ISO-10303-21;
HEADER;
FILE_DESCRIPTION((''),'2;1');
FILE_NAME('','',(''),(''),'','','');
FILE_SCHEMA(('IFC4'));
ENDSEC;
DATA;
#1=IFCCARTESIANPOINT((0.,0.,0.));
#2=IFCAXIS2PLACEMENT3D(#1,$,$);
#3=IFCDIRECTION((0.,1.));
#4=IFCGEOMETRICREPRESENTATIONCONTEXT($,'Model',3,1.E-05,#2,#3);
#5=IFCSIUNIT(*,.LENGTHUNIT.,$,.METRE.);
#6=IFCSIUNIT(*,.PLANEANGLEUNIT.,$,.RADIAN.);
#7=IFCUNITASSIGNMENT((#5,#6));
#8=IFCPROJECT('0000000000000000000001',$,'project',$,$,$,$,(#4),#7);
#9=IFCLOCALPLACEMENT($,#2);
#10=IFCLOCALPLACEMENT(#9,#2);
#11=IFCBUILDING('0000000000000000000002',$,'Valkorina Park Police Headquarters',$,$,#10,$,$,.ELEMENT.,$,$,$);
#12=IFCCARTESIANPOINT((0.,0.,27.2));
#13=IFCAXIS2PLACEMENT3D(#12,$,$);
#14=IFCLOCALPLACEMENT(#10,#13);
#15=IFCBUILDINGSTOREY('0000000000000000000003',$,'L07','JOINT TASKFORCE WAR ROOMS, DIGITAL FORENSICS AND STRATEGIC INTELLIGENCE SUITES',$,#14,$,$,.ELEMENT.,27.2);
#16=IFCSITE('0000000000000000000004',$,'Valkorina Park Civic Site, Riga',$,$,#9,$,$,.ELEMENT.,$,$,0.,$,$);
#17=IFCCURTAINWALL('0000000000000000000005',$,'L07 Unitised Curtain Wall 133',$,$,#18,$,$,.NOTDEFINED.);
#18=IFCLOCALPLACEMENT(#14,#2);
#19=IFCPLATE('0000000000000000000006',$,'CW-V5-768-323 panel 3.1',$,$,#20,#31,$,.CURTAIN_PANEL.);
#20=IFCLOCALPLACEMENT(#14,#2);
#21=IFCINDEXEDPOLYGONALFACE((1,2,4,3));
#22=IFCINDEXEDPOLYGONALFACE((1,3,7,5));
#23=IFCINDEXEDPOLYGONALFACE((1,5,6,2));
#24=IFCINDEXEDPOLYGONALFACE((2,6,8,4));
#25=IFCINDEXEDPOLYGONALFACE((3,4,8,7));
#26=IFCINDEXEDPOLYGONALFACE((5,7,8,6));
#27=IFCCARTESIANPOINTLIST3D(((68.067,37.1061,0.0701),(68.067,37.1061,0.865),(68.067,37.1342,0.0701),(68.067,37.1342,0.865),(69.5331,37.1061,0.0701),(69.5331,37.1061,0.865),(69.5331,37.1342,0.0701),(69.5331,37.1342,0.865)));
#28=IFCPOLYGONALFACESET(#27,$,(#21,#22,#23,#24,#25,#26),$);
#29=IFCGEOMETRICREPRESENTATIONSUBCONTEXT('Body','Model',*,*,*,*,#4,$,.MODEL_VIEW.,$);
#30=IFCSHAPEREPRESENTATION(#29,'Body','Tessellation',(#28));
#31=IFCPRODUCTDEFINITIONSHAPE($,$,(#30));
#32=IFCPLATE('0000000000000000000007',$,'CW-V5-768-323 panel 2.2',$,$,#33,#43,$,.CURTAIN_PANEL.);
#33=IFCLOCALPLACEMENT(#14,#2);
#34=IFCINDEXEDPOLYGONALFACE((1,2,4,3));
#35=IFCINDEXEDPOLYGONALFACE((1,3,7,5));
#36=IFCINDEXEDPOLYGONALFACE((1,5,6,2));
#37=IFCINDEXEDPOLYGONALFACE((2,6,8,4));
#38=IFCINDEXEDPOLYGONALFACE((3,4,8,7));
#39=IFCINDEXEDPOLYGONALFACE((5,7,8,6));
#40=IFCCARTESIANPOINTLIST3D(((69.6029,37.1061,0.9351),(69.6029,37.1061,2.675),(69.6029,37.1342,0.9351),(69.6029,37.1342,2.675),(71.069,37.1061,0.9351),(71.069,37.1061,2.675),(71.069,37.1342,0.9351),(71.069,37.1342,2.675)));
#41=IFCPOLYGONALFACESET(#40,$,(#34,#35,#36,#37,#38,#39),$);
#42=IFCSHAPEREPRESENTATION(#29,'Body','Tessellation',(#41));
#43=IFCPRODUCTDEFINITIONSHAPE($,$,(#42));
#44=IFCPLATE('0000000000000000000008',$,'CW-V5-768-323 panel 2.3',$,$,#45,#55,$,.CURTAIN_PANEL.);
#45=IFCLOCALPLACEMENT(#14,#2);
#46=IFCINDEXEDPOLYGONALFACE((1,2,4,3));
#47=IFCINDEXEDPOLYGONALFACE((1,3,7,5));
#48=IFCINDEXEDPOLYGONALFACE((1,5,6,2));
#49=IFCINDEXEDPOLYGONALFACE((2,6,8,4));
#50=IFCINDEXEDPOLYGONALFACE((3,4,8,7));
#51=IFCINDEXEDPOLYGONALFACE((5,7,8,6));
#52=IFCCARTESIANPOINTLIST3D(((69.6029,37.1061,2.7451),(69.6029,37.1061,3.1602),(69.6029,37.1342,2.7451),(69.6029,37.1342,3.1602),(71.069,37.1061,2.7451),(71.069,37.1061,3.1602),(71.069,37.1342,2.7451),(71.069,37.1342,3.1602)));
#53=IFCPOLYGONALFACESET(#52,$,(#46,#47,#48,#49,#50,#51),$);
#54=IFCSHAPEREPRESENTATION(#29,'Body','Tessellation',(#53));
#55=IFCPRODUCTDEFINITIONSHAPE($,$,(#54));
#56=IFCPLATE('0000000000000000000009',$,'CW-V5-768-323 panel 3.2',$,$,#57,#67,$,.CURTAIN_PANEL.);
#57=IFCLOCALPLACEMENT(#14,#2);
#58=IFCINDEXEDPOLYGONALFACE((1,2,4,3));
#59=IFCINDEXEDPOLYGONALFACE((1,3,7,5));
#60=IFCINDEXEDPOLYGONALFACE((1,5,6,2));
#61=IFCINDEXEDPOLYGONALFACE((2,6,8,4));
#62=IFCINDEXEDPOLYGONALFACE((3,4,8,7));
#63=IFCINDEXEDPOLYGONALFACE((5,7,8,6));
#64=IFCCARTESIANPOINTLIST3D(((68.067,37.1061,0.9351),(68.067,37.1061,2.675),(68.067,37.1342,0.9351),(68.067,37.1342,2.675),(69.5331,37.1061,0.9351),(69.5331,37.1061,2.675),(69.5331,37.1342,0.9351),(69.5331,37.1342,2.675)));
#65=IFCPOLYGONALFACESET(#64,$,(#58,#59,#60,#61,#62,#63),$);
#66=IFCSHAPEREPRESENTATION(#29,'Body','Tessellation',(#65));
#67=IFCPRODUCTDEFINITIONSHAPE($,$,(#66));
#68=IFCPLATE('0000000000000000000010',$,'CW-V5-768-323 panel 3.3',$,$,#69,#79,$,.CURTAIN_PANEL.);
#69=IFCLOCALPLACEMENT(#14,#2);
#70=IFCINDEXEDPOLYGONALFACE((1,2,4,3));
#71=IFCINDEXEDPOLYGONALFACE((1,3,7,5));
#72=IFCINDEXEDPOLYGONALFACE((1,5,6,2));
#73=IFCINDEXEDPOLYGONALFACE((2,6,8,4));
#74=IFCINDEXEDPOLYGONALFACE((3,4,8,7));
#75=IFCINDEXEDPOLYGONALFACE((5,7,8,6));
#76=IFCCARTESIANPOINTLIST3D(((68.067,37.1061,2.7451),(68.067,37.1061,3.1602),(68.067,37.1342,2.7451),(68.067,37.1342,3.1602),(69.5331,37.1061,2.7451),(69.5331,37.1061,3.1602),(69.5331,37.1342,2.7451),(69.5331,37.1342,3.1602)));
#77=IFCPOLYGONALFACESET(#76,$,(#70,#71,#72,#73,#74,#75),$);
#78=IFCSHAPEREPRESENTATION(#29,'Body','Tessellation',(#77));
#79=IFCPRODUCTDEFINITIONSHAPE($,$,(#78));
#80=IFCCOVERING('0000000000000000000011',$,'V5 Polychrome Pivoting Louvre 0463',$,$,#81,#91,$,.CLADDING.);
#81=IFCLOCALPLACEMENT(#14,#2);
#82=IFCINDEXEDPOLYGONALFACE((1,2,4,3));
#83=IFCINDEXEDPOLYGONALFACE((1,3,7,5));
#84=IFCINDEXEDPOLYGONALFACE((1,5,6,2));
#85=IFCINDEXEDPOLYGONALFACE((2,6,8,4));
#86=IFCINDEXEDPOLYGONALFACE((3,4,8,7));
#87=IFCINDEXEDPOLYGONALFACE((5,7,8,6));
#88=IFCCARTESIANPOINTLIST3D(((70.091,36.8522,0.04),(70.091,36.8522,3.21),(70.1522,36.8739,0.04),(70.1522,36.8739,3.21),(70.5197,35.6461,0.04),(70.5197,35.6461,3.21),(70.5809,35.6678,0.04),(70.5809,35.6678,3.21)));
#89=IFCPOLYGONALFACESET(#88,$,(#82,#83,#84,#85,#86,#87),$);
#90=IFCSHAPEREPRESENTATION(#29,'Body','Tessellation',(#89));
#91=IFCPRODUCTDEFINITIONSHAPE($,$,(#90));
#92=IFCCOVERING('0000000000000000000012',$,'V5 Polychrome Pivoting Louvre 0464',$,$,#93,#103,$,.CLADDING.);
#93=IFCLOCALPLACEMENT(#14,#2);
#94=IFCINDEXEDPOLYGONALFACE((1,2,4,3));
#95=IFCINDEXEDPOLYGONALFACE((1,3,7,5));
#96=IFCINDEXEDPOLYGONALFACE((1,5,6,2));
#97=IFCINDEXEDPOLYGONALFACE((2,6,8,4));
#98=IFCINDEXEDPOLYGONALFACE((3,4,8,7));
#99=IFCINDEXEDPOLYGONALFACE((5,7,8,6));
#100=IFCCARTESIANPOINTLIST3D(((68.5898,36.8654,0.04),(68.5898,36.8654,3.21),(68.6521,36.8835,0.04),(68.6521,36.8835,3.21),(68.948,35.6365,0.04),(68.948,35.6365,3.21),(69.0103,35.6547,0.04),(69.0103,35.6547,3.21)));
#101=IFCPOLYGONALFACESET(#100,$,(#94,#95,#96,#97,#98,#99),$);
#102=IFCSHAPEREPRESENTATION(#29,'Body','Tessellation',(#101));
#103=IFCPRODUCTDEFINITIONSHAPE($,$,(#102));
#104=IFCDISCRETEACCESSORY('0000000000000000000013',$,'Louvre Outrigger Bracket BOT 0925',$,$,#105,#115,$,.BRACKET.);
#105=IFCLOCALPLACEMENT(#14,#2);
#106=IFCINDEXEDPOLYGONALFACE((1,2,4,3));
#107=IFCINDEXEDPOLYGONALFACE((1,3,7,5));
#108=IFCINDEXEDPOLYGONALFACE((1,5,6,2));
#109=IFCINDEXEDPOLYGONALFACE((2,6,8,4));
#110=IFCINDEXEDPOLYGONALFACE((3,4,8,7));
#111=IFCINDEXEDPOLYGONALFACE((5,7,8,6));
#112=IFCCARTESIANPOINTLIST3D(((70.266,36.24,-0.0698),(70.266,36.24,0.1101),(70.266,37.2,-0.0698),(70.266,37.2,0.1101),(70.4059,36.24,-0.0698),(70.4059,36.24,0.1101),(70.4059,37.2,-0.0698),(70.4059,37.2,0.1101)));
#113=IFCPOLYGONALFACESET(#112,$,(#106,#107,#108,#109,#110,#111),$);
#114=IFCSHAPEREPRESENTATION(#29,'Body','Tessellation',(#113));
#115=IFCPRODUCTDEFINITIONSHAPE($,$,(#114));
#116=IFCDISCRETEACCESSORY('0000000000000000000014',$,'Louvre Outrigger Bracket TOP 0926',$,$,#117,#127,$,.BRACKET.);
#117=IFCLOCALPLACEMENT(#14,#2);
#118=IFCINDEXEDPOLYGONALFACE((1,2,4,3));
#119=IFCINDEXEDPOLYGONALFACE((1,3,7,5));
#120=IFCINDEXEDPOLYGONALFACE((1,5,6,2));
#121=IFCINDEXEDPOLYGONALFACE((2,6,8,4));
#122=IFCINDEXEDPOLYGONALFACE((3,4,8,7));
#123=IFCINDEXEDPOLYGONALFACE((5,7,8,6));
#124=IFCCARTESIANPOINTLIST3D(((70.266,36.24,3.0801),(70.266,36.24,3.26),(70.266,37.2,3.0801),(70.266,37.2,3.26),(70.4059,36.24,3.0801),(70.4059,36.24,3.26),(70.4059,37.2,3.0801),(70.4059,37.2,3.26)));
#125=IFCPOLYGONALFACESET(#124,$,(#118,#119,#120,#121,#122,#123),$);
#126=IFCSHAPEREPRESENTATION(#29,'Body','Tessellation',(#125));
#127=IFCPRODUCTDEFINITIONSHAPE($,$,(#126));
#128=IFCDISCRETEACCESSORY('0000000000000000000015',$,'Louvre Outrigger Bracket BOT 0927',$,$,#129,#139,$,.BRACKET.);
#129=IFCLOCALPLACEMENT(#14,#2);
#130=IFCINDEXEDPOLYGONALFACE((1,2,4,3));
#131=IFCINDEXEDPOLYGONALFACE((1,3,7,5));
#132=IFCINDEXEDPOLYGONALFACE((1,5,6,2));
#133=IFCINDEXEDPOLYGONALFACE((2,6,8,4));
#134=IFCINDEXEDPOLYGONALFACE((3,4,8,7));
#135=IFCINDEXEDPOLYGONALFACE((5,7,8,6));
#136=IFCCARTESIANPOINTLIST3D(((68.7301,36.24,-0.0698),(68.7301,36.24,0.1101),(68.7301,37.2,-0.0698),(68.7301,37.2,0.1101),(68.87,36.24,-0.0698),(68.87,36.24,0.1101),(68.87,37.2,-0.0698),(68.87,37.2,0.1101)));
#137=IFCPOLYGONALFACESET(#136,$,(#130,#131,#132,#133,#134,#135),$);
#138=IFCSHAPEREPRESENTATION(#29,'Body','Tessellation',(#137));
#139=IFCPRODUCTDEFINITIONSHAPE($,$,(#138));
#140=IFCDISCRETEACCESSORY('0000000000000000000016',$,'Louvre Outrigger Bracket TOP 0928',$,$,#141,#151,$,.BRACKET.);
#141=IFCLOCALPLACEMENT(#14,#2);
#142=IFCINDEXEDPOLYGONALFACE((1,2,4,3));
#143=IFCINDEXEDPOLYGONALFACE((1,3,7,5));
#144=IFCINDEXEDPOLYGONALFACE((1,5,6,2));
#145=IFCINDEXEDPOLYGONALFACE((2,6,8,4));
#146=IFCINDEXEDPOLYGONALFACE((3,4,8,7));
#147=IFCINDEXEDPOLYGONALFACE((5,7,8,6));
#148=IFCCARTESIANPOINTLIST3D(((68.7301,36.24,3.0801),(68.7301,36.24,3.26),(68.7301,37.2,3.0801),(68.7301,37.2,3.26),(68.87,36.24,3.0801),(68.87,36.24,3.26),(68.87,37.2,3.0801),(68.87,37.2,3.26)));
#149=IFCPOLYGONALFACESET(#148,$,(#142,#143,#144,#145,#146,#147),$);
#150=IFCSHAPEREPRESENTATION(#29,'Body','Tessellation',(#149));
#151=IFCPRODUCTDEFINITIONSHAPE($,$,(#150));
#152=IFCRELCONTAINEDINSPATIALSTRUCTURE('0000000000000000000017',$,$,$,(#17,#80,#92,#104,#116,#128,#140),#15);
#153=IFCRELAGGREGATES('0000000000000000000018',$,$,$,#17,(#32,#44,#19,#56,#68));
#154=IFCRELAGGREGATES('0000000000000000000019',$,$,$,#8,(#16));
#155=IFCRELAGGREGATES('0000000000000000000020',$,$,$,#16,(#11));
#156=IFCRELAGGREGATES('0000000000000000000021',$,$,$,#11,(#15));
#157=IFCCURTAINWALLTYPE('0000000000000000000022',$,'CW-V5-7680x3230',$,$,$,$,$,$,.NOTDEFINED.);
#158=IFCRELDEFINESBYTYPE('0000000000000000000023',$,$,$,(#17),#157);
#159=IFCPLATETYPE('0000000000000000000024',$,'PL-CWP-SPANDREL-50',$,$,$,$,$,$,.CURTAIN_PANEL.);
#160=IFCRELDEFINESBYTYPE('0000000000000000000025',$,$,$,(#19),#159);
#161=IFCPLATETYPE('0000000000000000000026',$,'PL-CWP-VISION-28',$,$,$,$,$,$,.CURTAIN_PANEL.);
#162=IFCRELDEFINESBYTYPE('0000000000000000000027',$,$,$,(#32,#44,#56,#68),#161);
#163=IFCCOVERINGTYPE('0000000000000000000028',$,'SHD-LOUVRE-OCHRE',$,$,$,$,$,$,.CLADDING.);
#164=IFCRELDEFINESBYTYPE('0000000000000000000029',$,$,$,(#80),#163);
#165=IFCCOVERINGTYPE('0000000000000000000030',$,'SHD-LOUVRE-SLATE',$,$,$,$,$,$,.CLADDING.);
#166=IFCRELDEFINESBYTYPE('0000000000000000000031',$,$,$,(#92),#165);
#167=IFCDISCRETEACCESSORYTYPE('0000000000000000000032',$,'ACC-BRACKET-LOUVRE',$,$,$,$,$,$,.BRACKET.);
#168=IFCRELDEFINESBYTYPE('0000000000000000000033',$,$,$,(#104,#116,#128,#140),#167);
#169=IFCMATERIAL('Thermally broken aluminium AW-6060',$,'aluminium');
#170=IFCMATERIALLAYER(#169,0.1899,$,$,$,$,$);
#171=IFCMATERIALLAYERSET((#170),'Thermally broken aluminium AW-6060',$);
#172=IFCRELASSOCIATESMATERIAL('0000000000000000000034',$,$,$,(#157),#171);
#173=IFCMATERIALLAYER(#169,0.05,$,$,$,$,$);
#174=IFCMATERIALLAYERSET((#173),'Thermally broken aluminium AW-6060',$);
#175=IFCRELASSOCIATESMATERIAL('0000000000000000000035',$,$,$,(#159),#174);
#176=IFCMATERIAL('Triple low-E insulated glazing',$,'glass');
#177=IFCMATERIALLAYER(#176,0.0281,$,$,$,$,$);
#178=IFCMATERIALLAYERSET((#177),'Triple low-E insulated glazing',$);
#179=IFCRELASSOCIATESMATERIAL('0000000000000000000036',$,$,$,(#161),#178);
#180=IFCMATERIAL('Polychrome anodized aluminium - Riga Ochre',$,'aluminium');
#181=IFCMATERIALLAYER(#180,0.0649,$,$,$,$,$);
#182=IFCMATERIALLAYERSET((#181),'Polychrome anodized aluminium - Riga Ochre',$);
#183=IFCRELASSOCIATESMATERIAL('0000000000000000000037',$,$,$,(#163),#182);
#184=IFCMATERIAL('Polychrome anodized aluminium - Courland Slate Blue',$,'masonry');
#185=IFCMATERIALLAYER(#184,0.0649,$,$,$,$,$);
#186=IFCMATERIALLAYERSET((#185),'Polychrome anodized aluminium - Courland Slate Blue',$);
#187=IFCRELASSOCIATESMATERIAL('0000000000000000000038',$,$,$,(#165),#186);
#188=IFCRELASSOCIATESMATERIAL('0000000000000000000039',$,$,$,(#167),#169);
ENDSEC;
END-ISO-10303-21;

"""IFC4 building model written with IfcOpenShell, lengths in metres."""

from ifc_helpers import new_model, si_unit, direction, frame, origin, origin_2d, place, context, subcontext, project, spatial, rectangle, extrude, material, layer, layer_set, type_object, element, aggregate, save


model = new_model("IFC4")

# Units and contexts
model_context = context("Model", 3, precision=1e-05, world=origin(), true_north=direction((0.0, 1.0)))
body_context = subcontext(model_context, "Body", "Model", "MODEL_VIEW")
ifc_project = project(units=[si_unit("LENGTHUNIT", "METRE"), si_unit("PLANEANGLEUNIT", "RADIAN")], contexts=[model_context])

# Site, building, storey
site_placement = place(None, origin())
site = spatial("IfcSite", under=ifc_project, at=site_placement, Name="Valkorina Park Civic Site, Riga", CompositionType="ELEMENT", RefElevation=0.0)
building_placement = place(site_placement, origin())
building = spatial("IfcBuilding", under=site, at=building_placement, Name="Valkorina Park Police Headquarters", CompositionType="ELEMENT")
storey_placement = place(building_placement, frame((0.0, 0.0, 27.2)))
storey = spatial("IfcBuildingStorey", under=building, at=storey_placement, Name="L07", Description="JOINT TASKFORCE WAR ROOMS, DIGITAL FORENSICS AND STRATEGIC INTELLIGENCE SUITES", CompositionType="ELEMENT", Elevation=27.2)

# Curtain wall, plates
ifc_material_1 = material(Name="Thermally broken aluminium AW-6060", Category="aluminium")
ifc_layer_1 = layer(ifc_material_1, 0.1899)
ifc_layer_set_1 = layer_set([ifc_layer_1], Name="Thermally broken aluminium AW-6060")
curtain_wall_type = type_object("IfcCurtainWallType", Name="CW-V5-7680x3230", PredefinedType="NOTDEFINED", material=ifc_layer_set_1)
curtain_wall_placement = place(storey_placement, origin())
curtain_wall = element("IfcCurtainWall", 1, at=curtain_wall_placement, inside=storey, type_object=curtain_wall_type, Name="L07 Unitised Curtain Wall 133", PredefinedType="NOTDEFINED")
ifc_layer_2 = layer(ifc_material_1, 0.05)
ifc_layer_set_2 = layer_set([ifc_layer_2], Name="Thermally broken aluminium AW-6060")
plate_type_1 = type_object("IfcPlateType", Name="PL-CWP-SPANDREL-50", PredefinedType="CURTAIN_PANEL", material=ifc_layer_set_2)
plate_1_placement = place(storey_placement, frame((68.8, 37.1201, 0.0701), z_axis=(0.0, 0.0, 1.0), x_axis=(-1.0, 0.0, 0.0)))
plate_1 = element("IfcPlate", 2, at=plate_1_placement, type_object=plate_type_1, Name="CW-V5-768-323 panel 3.1", PredefinedType="CURTAIN_PANEL", context=body_context, shape_type="SweptSolid", body=[
    extrude(rectangle(XDim=1.4661, YDim=0.0281, at=origin_2d()), origin(), (0.0, 0.0, 1.0), 0.7949),
])
ifc_material_2 = material(Name="Triple low-E insulated glazing", Category="glass")
ifc_layer_3 = layer(ifc_material_2, 0.0281)
ifc_layer_set_3 = layer_set([ifc_layer_3], Name="Triple low-E insulated glazing")
plate_type_2 = type_object("IfcPlateType", Name="PL-CWP-VISION-28", PredefinedType="CURTAIN_PANEL", material=ifc_layer_set_3)
plate_2_placement = place(storey_placement, frame((70.3359, 37.1201, 0.9351), z_axis=(0.0, 0.0, 1.0), x_axis=(-1.0, 0.0, 0.0)))
plate_2 = element("IfcPlate", 3, at=plate_2_placement, type_object=plate_type_2, Name="CW-V5-768-323 panel 2.2", PredefinedType="CURTAIN_PANEL", context=body_context, shape_type="SweptSolid", body=[
    extrude(rectangle(XDim=1.4661, YDim=0.0281, at=origin_2d()), origin(), (0.0, 0.0, 1.0), 1.74),
])
plate_3_placement = place(storey_placement, frame((70.3359, 37.1201, 2.7451), z_axis=(0.0, 0.0, 1.0), x_axis=(-1.0, 0.0, 0.0)))
plate_3 = element("IfcPlate", 4, at=plate_3_placement, type_object=plate_type_2, Name="CW-V5-768-323 panel 2.3", PredefinedType="CURTAIN_PANEL", context=body_context, shape_type="SweptSolid", body=[
    extrude(rectangle(XDim=1.4661, YDim=0.0281, at=origin_2d()), origin(), (0.0, 0.0, 1.0), 0.415),
])
plate_4_placement = place(storey_placement, frame((68.8, 37.1201, 0.9351), z_axis=(0.0, 0.0, 1.0), x_axis=(-1.0, 0.0, 0.0)))
plate_4 = element("IfcPlate", 5, at=plate_4_placement, type_object=plate_type_2, Name="CW-V5-768-323 panel 3.2", PredefinedType="CURTAIN_PANEL", context=body_context, shape_type="SweptSolid", body=[
    extrude(rectangle(XDim=1.4661, YDim=0.0281, at=origin_2d()), origin(), (0.0, 0.0, 1.0), 1.74),
])
plate_5_placement = place(storey_placement, frame((68.8, 37.1201, 2.7451), z_axis=(0.0, 0.0, 1.0), x_axis=(-1.0, 0.0, 0.0)))
plate_5 = element("IfcPlate", 6, at=plate_5_placement, type_object=plate_type_2, Name="CW-V5-768-323 panel 3.3", PredefinedType="CURTAIN_PANEL", context=body_context, shape_type="SweptSolid", body=[
    extrude(rectangle(XDim=1.4661, YDim=0.0281, at=origin_2d()), origin(), (0.0, 0.0, 1.0), 0.415),
])
aggregate(curtain_wall, [plate_2, plate_3, plate_1, plate_4, plate_5])

# Coverings
ifc_material_3 = material(Name="Polychrome anodized aluminium - Riga Ochre", Category="aluminium")
ifc_layer_4 = layer(ifc_material_3, 0.0649)
ifc_layer_set_4 = layer_set([ifc_layer_4], Name="Polychrome anodized aluminium - Riga Ochre")
covering_type_1 = type_object("IfcCoveringType", Name="SHD-LOUVRE-OCHRE", PredefinedType="CLADDING", material=ifc_layer_set_4)
covering_1_placement = place(storey_placement, frame((70.3359, 36.26, 0.04), z_axis=(0.0, 0.0, 1.0), x_axis=(0.334958, -0.942233, 0.0)))
element("IfcCovering", 7, at=covering_1_placement, inside=storey, type_object=covering_type_1, Name="V5 Polychrome Pivoting Louvre 0463", PredefinedType="CLADDING", context=body_context, shape_type="SweptSolid", body=[
    extrude(rectangle(XDim=1.28, YDim=0.0649, at=origin_2d()), origin(), (0.0, 0.0, 1.0), 3.1699),
])
ifc_material_4 = material(Name="Polychrome anodized aluminium - Courland Slate Blue", Category="masonry")
ifc_layer_5 = layer(ifc_material_4, 0.0649)
ifc_layer_set_5 = layer_set([ifc_layer_5], Name="Polychrome anodized aluminium - Courland Slate Blue")
covering_type_2 = type_object("IfcCoveringType", Name="SHD-LOUVRE-SLATE", PredefinedType="CLADDING", material=ifc_layer_set_5)
covering_2_placement = place(storey_placement, frame((68.8, 36.26, 0.04), z_axis=(0.0, 0.0, 1.0), x_axis=(0.279829, -0.96005, 0.0)))
element("IfcCovering", 8, at=covering_2_placement, inside=storey, type_object=covering_type_2, Name="V5 Polychrome Pivoting Louvre 0464", PredefinedType="CLADDING", context=body_context, shape_type="SweptSolid", body=[
    extrude(rectangle(XDim=1.28, YDim=0.0649, at=origin_2d()), origin(), (0.0, 0.0, 1.0), 3.1699),
])

# Discrete accessories
discrete_accessory_type = type_object("IfcDiscreteAccessoryType", Name="ACC-BRACKET-LOUVRE", PredefinedType="BRACKET", material=ifc_material_1)
for number, where, z_axis, x_axis, name in (
    (9, (70.3359, 36.72, -0.0698), (0.0, 0.0, 1.0), (0.0, -1.0, 0.0), "Louvre Outrigger Bracket BOT 0925"),
    (10, (70.3359, 36.72, 3.0801), (0.0, 0.0, 1.0), (0.0, -1.0, 0.0), "Louvre Outrigger Bracket TOP 0926"),
    (11, (68.8, 36.72, -0.0698), (0.0, 0.0, 1.0), (0.0, -1.0, 0.0), "Louvre Outrigger Bracket BOT 0927"),
    (12, (68.8, 36.72, 3.0801), (0.0, 0.0, 1.0), (0.0, -1.0, 0.0), "Louvre Outrigger Bracket TOP 0928"),
):
    element("IfcDiscreteAccessory", number, at=place(storey_placement, frame(where, z_axis=z_axis, x_axis=x_axis)), inside=storey, type_object=discrete_accessory_type, Name=name, PredefinedType="BRACKET", context=body_context, shape_type="SweptSolid", body=[
        extrude(rectangle(XDim=0.96, YDim=0.1399, at=origin_2d()), origin(), (0.0, 0.0, 1.0), 0.1799),
    ])

save(model, "model.ifc")
